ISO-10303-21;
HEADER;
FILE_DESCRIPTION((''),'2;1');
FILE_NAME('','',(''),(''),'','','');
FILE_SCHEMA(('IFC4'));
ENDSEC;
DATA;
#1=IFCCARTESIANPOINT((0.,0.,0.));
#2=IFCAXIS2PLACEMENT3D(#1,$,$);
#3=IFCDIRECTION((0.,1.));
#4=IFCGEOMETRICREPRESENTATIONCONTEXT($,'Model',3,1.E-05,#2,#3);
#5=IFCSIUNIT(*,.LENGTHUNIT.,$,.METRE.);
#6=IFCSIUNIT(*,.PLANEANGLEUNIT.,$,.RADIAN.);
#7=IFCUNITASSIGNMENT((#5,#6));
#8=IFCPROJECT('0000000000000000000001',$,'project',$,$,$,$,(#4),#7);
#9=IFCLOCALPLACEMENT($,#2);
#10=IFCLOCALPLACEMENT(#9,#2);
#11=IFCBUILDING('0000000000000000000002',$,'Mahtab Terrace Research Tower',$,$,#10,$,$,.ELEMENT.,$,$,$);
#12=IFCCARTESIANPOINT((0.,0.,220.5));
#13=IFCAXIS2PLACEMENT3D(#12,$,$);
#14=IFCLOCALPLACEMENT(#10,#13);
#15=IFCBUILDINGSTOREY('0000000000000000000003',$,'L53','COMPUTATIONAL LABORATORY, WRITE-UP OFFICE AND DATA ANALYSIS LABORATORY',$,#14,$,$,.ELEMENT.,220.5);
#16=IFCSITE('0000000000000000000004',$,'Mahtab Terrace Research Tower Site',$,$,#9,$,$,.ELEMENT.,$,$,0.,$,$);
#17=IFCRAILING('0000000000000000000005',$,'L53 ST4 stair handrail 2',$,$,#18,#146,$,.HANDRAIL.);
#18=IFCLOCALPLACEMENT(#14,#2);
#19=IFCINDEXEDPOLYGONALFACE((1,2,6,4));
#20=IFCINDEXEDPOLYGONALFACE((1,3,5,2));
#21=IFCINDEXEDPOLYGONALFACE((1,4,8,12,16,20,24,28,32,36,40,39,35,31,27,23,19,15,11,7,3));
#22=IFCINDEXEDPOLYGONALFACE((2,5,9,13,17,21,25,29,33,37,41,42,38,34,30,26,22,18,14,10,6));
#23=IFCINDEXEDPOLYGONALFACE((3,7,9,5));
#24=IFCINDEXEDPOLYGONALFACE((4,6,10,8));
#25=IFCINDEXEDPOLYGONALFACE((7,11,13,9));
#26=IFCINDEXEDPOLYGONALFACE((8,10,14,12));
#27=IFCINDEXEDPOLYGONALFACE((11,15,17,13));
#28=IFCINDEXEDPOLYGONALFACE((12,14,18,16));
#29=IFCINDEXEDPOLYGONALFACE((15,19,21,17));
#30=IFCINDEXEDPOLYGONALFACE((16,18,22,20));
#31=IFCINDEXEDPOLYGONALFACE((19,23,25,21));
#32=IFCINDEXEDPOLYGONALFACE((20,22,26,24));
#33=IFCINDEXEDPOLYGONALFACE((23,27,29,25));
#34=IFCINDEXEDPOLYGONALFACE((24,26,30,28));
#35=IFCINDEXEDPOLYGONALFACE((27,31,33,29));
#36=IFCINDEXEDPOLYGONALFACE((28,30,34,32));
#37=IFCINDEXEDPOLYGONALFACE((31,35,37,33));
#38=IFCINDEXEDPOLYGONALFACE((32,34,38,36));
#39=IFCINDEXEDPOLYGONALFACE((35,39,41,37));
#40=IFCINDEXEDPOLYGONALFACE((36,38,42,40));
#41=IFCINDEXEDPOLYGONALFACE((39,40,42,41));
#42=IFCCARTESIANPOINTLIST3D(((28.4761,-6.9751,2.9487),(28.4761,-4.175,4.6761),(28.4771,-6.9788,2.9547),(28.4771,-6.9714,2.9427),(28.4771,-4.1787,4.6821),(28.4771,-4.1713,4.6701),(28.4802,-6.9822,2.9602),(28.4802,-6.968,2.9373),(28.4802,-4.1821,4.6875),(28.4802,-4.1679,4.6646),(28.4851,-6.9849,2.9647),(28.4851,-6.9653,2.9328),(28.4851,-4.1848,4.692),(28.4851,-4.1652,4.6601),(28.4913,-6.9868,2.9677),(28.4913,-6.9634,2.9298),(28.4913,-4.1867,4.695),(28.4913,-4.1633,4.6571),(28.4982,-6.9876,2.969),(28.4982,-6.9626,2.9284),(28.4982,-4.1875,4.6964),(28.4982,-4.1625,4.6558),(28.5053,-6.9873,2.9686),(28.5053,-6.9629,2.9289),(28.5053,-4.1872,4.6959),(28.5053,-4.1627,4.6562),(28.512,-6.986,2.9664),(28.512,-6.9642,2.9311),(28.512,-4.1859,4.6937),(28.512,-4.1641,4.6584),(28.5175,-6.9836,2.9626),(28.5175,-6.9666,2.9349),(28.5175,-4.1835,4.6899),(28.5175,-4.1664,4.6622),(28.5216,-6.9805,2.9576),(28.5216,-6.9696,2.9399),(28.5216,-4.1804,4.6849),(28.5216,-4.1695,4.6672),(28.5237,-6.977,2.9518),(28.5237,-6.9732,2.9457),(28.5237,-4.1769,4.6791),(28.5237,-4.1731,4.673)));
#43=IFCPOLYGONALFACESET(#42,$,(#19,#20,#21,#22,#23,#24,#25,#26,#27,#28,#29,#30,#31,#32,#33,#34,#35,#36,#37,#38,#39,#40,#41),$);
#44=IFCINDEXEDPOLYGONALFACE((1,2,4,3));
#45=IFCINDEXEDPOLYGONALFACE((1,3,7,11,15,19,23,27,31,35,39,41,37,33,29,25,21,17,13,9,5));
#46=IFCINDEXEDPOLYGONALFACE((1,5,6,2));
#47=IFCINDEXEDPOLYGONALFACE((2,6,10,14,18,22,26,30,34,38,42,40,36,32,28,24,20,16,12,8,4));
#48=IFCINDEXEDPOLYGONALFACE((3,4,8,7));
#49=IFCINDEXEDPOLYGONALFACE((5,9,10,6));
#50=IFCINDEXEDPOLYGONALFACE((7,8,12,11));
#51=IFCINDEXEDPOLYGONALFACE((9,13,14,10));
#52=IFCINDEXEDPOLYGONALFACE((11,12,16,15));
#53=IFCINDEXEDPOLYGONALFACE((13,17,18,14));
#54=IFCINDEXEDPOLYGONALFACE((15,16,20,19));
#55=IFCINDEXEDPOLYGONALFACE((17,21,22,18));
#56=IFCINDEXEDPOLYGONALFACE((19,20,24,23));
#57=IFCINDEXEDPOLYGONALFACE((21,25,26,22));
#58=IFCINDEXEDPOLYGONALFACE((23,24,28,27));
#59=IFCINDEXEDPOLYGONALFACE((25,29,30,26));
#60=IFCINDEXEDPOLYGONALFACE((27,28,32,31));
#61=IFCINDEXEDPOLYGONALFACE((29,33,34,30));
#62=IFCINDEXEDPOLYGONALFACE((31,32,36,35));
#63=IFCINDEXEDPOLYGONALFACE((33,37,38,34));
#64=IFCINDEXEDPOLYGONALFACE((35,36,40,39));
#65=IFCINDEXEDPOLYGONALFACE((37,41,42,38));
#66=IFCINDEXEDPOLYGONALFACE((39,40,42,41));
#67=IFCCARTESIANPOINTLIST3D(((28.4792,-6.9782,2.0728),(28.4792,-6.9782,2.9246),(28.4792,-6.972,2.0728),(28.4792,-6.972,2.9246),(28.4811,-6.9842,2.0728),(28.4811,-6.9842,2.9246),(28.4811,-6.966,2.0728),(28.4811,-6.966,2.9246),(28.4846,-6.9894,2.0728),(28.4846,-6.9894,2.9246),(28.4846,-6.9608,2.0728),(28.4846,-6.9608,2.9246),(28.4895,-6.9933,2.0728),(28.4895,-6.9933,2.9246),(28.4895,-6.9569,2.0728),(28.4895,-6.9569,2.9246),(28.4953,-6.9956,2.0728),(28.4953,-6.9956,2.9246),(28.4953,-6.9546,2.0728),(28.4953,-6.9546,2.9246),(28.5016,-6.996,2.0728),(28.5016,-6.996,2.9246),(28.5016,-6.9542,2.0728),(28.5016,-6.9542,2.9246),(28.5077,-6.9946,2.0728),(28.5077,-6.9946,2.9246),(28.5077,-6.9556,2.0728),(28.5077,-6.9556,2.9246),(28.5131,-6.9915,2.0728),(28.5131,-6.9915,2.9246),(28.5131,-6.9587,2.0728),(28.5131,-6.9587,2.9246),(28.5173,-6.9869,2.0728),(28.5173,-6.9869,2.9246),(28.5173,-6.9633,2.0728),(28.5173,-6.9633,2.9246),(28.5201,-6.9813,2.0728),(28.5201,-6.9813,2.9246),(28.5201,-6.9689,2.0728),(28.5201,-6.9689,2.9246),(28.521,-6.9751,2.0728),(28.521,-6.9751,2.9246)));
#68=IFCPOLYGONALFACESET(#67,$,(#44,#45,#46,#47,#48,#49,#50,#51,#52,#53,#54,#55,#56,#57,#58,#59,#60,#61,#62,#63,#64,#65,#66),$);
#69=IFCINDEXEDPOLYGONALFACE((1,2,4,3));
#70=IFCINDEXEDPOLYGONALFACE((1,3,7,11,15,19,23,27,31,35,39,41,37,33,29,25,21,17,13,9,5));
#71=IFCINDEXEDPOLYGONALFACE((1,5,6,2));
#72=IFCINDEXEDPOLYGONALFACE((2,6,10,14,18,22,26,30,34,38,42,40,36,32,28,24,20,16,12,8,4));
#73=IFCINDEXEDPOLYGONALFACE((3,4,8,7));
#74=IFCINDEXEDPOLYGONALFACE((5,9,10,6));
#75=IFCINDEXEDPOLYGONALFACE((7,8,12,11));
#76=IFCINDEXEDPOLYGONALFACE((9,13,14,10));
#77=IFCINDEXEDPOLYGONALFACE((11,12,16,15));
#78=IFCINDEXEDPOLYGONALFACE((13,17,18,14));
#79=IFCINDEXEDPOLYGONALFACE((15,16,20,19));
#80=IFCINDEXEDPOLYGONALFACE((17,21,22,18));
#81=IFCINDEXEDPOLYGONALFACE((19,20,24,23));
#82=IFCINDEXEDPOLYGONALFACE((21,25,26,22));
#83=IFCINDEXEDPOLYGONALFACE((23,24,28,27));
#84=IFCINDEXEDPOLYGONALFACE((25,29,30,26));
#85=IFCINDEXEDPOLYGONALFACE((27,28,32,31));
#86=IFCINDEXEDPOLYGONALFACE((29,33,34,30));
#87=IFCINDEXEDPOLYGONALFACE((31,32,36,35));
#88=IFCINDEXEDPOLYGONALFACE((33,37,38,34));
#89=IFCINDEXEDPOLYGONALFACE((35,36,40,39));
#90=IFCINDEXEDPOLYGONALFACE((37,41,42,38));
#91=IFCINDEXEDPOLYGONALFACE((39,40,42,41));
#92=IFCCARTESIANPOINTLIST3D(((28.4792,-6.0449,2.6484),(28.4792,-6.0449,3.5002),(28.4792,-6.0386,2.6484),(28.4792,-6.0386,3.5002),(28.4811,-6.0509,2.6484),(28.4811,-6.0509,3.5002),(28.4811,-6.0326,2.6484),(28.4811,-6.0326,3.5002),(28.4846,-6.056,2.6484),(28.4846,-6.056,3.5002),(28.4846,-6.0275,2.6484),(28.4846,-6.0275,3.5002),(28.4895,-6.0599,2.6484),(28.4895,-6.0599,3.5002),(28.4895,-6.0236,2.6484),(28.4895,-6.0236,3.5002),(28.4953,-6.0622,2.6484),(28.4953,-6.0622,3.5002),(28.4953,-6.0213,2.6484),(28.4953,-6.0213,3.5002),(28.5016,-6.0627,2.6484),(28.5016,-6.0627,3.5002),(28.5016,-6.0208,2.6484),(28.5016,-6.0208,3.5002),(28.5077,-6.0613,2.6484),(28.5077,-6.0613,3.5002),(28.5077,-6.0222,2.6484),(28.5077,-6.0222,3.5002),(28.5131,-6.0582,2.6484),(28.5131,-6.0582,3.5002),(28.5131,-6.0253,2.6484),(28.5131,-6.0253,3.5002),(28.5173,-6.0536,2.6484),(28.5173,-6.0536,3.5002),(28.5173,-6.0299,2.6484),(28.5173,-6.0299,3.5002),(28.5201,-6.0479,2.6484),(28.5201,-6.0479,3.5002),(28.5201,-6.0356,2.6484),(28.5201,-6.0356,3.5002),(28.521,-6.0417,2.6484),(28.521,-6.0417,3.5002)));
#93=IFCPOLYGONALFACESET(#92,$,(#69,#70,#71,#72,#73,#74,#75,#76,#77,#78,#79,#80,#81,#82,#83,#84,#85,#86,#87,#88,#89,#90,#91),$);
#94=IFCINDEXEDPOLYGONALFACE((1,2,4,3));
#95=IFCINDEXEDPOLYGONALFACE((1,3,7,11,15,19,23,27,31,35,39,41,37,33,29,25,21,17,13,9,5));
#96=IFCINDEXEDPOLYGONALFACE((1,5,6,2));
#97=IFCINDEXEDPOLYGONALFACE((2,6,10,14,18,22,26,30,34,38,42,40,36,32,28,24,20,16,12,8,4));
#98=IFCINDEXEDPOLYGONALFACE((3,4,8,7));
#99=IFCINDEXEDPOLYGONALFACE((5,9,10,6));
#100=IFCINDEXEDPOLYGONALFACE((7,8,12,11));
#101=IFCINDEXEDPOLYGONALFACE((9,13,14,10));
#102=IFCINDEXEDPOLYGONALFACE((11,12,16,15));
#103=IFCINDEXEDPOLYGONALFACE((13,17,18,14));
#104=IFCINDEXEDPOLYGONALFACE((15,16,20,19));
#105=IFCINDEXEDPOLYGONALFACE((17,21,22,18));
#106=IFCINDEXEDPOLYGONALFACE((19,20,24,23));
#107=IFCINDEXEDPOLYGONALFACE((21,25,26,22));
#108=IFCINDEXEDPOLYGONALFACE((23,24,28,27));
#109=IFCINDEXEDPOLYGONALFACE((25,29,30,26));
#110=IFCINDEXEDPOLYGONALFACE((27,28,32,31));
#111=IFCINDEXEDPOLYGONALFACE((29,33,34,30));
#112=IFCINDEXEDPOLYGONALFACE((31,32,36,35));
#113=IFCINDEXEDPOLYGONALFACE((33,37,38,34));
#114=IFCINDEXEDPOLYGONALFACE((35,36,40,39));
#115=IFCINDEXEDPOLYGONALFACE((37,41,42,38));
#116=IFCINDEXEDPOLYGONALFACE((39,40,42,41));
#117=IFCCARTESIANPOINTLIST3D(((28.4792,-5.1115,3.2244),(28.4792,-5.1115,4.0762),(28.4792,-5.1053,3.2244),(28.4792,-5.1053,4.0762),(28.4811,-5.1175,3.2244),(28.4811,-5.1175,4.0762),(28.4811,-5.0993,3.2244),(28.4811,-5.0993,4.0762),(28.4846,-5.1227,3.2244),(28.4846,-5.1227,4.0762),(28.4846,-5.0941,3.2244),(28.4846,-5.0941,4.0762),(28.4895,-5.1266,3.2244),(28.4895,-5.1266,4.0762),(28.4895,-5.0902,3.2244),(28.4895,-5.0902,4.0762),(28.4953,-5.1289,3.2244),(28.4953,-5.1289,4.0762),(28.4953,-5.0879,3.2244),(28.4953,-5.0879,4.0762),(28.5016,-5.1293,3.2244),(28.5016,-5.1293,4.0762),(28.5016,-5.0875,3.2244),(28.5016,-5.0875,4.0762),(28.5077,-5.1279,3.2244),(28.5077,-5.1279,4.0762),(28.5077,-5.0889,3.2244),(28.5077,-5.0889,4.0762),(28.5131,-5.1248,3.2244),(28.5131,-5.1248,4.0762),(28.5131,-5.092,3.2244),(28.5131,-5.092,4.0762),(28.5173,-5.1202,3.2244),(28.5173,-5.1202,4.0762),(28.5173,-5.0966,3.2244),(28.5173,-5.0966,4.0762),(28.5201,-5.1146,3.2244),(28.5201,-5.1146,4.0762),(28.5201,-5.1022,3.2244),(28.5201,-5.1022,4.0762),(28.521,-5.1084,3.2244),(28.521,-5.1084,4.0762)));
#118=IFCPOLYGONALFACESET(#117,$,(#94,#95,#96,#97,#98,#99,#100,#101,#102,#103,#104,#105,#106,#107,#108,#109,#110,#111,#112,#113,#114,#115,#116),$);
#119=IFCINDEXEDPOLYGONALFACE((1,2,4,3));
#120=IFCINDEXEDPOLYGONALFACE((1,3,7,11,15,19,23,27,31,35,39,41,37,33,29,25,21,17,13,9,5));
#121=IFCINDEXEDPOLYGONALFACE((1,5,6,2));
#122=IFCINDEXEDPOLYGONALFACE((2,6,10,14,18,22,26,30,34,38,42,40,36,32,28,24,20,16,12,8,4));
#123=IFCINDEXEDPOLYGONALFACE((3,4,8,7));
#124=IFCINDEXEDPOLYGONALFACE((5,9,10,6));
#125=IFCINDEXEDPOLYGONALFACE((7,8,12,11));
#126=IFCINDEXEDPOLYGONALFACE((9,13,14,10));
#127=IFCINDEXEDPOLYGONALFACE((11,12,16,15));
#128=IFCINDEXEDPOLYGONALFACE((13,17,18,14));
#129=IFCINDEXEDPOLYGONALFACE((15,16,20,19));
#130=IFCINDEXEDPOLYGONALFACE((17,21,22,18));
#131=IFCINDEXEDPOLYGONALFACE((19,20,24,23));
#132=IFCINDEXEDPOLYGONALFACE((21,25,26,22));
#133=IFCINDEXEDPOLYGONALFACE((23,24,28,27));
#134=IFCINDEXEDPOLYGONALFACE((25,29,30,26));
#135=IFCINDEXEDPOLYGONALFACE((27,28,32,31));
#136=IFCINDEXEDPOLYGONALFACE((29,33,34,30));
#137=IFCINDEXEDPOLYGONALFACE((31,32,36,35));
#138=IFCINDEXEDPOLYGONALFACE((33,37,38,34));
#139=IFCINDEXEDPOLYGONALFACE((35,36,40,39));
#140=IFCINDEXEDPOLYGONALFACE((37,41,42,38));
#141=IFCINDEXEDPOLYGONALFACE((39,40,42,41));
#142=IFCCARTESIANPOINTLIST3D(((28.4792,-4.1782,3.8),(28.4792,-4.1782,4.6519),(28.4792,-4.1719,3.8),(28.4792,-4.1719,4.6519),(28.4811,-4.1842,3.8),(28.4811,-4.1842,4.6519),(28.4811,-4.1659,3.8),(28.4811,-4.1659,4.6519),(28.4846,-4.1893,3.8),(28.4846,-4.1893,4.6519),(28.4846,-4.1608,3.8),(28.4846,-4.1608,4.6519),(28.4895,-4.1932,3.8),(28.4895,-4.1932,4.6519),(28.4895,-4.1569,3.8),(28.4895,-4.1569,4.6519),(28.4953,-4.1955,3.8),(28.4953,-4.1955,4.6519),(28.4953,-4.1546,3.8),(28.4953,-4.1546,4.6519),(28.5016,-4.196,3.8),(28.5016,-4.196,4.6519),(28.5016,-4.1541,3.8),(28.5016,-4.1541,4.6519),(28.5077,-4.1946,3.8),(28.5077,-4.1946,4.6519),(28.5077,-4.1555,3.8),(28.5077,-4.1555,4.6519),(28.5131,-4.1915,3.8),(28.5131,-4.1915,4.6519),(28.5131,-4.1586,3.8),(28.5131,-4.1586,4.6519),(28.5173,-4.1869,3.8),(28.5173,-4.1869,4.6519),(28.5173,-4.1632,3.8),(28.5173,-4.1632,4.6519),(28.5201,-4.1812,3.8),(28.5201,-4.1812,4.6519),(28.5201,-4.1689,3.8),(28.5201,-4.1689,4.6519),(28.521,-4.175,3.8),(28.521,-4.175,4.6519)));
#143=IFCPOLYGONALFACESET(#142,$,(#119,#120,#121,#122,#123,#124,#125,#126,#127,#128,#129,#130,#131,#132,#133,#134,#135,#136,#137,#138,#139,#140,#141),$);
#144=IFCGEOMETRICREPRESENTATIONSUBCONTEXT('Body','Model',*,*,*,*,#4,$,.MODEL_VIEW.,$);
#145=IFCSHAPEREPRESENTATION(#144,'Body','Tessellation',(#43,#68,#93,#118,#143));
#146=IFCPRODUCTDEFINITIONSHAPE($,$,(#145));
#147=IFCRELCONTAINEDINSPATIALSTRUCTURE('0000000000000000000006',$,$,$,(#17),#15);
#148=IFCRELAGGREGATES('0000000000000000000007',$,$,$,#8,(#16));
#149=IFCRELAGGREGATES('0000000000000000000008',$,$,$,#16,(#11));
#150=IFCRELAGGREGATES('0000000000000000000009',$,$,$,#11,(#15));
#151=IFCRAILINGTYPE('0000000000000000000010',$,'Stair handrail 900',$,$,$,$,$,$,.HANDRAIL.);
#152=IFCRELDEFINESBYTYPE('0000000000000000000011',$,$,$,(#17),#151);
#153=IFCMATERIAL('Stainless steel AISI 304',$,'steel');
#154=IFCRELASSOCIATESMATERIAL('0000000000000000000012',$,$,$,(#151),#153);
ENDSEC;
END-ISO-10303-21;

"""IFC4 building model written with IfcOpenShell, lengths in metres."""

from ifc_helpers import new_model, si_unit, direction, frame, origin, origin_2d, place, context, subcontext, project, spatial, circle, extrude, material, type_object, element, save


model = new_model("IFC4")

# Units and contexts
model_context = context("Model", 3, precision=1e-05, world=origin(), true_north=direction((0.0, 1.0)))
body_context = subcontext(model_context, "Body", "Model", "MODEL_VIEW")
ifc_project = project(units=[si_unit("LENGTHUNIT", "METRE"), si_unit("PLANEANGLEUNIT", "RADIAN")], contexts=[model_context])

# Site, building, storey
site_placement = place(None, origin())
site = spatial("IfcSite", under=ifc_project, at=site_placement, Name="Mahtab Terrace Research Tower Site", CompositionType="ELEMENT", RefElevation=0.0)
building_placement = place(site_placement, origin())
building = spatial("IfcBuilding", under=site, at=building_placement, Name="Mahtab Terrace Research Tower", CompositionType="ELEMENT")
storey_placement = place(building_placement, frame((0.0, 0.0, 220.5)))
storey = spatial("IfcBuildingStorey", under=building, at=storey_placement, Name="L53", Description="COMPUTATIONAL LABORATORY, WRITE-UP OFFICE AND DATA ANALYSIS LABORATORY", CompositionType="ELEMENT", Elevation=220.5)

# Railing
ifc_material_1 = material(Name="Stainless steel AISI 304", Category="steel")
railing_type_1 = type_object("IfcRailingType", Name="Stair handrail 900", PredefinedType="HANDRAIL", material=ifc_material_1)
railing_1_placement = place(storey_placement, frame((28.5, -6.9751, 2.0728)))
element("IfcRailing", 1, at=railing_1_placement, inside=storey, type_object=railing_type_1, Name="L53 ST4 stair handrail 2", PredefinedType="HANDRAIL", context=body_context, shape_type="SweptSolid", body=[
    extrude(circle(Radius=0.0239, at=origin_2d()), frame((0.0, 0.0, 0.876), z_axis=(0.0, 0.85109, 0.52502), x_axis=(-1.0, 0.0, 0.0)), (0.0, 0.0, 1.0), 3.29),
    extrude(circle(Radius=0.021, at=origin_2d()), origin(), (0.0, 0.0, 1.0), 0.8518),
    extrude(circle(Radius=0.021, at=origin_2d()), frame((0.0, 0.9333, 0.5757)), (0.0, 0.0, 1.0), 0.8518),
    extrude(circle(Radius=0.021, at=origin_2d()), frame((0.0, 1.8667, 1.1516)), (0.0, 0.0, 1.0), 0.8518),
    extrude(circle(Radius=0.021, at=origin_2d()), frame((0.0, 2.8, 1.7273)), (0.0, 0.0, 1.0), 0.8518),
])

save(model, "model.ifc")
